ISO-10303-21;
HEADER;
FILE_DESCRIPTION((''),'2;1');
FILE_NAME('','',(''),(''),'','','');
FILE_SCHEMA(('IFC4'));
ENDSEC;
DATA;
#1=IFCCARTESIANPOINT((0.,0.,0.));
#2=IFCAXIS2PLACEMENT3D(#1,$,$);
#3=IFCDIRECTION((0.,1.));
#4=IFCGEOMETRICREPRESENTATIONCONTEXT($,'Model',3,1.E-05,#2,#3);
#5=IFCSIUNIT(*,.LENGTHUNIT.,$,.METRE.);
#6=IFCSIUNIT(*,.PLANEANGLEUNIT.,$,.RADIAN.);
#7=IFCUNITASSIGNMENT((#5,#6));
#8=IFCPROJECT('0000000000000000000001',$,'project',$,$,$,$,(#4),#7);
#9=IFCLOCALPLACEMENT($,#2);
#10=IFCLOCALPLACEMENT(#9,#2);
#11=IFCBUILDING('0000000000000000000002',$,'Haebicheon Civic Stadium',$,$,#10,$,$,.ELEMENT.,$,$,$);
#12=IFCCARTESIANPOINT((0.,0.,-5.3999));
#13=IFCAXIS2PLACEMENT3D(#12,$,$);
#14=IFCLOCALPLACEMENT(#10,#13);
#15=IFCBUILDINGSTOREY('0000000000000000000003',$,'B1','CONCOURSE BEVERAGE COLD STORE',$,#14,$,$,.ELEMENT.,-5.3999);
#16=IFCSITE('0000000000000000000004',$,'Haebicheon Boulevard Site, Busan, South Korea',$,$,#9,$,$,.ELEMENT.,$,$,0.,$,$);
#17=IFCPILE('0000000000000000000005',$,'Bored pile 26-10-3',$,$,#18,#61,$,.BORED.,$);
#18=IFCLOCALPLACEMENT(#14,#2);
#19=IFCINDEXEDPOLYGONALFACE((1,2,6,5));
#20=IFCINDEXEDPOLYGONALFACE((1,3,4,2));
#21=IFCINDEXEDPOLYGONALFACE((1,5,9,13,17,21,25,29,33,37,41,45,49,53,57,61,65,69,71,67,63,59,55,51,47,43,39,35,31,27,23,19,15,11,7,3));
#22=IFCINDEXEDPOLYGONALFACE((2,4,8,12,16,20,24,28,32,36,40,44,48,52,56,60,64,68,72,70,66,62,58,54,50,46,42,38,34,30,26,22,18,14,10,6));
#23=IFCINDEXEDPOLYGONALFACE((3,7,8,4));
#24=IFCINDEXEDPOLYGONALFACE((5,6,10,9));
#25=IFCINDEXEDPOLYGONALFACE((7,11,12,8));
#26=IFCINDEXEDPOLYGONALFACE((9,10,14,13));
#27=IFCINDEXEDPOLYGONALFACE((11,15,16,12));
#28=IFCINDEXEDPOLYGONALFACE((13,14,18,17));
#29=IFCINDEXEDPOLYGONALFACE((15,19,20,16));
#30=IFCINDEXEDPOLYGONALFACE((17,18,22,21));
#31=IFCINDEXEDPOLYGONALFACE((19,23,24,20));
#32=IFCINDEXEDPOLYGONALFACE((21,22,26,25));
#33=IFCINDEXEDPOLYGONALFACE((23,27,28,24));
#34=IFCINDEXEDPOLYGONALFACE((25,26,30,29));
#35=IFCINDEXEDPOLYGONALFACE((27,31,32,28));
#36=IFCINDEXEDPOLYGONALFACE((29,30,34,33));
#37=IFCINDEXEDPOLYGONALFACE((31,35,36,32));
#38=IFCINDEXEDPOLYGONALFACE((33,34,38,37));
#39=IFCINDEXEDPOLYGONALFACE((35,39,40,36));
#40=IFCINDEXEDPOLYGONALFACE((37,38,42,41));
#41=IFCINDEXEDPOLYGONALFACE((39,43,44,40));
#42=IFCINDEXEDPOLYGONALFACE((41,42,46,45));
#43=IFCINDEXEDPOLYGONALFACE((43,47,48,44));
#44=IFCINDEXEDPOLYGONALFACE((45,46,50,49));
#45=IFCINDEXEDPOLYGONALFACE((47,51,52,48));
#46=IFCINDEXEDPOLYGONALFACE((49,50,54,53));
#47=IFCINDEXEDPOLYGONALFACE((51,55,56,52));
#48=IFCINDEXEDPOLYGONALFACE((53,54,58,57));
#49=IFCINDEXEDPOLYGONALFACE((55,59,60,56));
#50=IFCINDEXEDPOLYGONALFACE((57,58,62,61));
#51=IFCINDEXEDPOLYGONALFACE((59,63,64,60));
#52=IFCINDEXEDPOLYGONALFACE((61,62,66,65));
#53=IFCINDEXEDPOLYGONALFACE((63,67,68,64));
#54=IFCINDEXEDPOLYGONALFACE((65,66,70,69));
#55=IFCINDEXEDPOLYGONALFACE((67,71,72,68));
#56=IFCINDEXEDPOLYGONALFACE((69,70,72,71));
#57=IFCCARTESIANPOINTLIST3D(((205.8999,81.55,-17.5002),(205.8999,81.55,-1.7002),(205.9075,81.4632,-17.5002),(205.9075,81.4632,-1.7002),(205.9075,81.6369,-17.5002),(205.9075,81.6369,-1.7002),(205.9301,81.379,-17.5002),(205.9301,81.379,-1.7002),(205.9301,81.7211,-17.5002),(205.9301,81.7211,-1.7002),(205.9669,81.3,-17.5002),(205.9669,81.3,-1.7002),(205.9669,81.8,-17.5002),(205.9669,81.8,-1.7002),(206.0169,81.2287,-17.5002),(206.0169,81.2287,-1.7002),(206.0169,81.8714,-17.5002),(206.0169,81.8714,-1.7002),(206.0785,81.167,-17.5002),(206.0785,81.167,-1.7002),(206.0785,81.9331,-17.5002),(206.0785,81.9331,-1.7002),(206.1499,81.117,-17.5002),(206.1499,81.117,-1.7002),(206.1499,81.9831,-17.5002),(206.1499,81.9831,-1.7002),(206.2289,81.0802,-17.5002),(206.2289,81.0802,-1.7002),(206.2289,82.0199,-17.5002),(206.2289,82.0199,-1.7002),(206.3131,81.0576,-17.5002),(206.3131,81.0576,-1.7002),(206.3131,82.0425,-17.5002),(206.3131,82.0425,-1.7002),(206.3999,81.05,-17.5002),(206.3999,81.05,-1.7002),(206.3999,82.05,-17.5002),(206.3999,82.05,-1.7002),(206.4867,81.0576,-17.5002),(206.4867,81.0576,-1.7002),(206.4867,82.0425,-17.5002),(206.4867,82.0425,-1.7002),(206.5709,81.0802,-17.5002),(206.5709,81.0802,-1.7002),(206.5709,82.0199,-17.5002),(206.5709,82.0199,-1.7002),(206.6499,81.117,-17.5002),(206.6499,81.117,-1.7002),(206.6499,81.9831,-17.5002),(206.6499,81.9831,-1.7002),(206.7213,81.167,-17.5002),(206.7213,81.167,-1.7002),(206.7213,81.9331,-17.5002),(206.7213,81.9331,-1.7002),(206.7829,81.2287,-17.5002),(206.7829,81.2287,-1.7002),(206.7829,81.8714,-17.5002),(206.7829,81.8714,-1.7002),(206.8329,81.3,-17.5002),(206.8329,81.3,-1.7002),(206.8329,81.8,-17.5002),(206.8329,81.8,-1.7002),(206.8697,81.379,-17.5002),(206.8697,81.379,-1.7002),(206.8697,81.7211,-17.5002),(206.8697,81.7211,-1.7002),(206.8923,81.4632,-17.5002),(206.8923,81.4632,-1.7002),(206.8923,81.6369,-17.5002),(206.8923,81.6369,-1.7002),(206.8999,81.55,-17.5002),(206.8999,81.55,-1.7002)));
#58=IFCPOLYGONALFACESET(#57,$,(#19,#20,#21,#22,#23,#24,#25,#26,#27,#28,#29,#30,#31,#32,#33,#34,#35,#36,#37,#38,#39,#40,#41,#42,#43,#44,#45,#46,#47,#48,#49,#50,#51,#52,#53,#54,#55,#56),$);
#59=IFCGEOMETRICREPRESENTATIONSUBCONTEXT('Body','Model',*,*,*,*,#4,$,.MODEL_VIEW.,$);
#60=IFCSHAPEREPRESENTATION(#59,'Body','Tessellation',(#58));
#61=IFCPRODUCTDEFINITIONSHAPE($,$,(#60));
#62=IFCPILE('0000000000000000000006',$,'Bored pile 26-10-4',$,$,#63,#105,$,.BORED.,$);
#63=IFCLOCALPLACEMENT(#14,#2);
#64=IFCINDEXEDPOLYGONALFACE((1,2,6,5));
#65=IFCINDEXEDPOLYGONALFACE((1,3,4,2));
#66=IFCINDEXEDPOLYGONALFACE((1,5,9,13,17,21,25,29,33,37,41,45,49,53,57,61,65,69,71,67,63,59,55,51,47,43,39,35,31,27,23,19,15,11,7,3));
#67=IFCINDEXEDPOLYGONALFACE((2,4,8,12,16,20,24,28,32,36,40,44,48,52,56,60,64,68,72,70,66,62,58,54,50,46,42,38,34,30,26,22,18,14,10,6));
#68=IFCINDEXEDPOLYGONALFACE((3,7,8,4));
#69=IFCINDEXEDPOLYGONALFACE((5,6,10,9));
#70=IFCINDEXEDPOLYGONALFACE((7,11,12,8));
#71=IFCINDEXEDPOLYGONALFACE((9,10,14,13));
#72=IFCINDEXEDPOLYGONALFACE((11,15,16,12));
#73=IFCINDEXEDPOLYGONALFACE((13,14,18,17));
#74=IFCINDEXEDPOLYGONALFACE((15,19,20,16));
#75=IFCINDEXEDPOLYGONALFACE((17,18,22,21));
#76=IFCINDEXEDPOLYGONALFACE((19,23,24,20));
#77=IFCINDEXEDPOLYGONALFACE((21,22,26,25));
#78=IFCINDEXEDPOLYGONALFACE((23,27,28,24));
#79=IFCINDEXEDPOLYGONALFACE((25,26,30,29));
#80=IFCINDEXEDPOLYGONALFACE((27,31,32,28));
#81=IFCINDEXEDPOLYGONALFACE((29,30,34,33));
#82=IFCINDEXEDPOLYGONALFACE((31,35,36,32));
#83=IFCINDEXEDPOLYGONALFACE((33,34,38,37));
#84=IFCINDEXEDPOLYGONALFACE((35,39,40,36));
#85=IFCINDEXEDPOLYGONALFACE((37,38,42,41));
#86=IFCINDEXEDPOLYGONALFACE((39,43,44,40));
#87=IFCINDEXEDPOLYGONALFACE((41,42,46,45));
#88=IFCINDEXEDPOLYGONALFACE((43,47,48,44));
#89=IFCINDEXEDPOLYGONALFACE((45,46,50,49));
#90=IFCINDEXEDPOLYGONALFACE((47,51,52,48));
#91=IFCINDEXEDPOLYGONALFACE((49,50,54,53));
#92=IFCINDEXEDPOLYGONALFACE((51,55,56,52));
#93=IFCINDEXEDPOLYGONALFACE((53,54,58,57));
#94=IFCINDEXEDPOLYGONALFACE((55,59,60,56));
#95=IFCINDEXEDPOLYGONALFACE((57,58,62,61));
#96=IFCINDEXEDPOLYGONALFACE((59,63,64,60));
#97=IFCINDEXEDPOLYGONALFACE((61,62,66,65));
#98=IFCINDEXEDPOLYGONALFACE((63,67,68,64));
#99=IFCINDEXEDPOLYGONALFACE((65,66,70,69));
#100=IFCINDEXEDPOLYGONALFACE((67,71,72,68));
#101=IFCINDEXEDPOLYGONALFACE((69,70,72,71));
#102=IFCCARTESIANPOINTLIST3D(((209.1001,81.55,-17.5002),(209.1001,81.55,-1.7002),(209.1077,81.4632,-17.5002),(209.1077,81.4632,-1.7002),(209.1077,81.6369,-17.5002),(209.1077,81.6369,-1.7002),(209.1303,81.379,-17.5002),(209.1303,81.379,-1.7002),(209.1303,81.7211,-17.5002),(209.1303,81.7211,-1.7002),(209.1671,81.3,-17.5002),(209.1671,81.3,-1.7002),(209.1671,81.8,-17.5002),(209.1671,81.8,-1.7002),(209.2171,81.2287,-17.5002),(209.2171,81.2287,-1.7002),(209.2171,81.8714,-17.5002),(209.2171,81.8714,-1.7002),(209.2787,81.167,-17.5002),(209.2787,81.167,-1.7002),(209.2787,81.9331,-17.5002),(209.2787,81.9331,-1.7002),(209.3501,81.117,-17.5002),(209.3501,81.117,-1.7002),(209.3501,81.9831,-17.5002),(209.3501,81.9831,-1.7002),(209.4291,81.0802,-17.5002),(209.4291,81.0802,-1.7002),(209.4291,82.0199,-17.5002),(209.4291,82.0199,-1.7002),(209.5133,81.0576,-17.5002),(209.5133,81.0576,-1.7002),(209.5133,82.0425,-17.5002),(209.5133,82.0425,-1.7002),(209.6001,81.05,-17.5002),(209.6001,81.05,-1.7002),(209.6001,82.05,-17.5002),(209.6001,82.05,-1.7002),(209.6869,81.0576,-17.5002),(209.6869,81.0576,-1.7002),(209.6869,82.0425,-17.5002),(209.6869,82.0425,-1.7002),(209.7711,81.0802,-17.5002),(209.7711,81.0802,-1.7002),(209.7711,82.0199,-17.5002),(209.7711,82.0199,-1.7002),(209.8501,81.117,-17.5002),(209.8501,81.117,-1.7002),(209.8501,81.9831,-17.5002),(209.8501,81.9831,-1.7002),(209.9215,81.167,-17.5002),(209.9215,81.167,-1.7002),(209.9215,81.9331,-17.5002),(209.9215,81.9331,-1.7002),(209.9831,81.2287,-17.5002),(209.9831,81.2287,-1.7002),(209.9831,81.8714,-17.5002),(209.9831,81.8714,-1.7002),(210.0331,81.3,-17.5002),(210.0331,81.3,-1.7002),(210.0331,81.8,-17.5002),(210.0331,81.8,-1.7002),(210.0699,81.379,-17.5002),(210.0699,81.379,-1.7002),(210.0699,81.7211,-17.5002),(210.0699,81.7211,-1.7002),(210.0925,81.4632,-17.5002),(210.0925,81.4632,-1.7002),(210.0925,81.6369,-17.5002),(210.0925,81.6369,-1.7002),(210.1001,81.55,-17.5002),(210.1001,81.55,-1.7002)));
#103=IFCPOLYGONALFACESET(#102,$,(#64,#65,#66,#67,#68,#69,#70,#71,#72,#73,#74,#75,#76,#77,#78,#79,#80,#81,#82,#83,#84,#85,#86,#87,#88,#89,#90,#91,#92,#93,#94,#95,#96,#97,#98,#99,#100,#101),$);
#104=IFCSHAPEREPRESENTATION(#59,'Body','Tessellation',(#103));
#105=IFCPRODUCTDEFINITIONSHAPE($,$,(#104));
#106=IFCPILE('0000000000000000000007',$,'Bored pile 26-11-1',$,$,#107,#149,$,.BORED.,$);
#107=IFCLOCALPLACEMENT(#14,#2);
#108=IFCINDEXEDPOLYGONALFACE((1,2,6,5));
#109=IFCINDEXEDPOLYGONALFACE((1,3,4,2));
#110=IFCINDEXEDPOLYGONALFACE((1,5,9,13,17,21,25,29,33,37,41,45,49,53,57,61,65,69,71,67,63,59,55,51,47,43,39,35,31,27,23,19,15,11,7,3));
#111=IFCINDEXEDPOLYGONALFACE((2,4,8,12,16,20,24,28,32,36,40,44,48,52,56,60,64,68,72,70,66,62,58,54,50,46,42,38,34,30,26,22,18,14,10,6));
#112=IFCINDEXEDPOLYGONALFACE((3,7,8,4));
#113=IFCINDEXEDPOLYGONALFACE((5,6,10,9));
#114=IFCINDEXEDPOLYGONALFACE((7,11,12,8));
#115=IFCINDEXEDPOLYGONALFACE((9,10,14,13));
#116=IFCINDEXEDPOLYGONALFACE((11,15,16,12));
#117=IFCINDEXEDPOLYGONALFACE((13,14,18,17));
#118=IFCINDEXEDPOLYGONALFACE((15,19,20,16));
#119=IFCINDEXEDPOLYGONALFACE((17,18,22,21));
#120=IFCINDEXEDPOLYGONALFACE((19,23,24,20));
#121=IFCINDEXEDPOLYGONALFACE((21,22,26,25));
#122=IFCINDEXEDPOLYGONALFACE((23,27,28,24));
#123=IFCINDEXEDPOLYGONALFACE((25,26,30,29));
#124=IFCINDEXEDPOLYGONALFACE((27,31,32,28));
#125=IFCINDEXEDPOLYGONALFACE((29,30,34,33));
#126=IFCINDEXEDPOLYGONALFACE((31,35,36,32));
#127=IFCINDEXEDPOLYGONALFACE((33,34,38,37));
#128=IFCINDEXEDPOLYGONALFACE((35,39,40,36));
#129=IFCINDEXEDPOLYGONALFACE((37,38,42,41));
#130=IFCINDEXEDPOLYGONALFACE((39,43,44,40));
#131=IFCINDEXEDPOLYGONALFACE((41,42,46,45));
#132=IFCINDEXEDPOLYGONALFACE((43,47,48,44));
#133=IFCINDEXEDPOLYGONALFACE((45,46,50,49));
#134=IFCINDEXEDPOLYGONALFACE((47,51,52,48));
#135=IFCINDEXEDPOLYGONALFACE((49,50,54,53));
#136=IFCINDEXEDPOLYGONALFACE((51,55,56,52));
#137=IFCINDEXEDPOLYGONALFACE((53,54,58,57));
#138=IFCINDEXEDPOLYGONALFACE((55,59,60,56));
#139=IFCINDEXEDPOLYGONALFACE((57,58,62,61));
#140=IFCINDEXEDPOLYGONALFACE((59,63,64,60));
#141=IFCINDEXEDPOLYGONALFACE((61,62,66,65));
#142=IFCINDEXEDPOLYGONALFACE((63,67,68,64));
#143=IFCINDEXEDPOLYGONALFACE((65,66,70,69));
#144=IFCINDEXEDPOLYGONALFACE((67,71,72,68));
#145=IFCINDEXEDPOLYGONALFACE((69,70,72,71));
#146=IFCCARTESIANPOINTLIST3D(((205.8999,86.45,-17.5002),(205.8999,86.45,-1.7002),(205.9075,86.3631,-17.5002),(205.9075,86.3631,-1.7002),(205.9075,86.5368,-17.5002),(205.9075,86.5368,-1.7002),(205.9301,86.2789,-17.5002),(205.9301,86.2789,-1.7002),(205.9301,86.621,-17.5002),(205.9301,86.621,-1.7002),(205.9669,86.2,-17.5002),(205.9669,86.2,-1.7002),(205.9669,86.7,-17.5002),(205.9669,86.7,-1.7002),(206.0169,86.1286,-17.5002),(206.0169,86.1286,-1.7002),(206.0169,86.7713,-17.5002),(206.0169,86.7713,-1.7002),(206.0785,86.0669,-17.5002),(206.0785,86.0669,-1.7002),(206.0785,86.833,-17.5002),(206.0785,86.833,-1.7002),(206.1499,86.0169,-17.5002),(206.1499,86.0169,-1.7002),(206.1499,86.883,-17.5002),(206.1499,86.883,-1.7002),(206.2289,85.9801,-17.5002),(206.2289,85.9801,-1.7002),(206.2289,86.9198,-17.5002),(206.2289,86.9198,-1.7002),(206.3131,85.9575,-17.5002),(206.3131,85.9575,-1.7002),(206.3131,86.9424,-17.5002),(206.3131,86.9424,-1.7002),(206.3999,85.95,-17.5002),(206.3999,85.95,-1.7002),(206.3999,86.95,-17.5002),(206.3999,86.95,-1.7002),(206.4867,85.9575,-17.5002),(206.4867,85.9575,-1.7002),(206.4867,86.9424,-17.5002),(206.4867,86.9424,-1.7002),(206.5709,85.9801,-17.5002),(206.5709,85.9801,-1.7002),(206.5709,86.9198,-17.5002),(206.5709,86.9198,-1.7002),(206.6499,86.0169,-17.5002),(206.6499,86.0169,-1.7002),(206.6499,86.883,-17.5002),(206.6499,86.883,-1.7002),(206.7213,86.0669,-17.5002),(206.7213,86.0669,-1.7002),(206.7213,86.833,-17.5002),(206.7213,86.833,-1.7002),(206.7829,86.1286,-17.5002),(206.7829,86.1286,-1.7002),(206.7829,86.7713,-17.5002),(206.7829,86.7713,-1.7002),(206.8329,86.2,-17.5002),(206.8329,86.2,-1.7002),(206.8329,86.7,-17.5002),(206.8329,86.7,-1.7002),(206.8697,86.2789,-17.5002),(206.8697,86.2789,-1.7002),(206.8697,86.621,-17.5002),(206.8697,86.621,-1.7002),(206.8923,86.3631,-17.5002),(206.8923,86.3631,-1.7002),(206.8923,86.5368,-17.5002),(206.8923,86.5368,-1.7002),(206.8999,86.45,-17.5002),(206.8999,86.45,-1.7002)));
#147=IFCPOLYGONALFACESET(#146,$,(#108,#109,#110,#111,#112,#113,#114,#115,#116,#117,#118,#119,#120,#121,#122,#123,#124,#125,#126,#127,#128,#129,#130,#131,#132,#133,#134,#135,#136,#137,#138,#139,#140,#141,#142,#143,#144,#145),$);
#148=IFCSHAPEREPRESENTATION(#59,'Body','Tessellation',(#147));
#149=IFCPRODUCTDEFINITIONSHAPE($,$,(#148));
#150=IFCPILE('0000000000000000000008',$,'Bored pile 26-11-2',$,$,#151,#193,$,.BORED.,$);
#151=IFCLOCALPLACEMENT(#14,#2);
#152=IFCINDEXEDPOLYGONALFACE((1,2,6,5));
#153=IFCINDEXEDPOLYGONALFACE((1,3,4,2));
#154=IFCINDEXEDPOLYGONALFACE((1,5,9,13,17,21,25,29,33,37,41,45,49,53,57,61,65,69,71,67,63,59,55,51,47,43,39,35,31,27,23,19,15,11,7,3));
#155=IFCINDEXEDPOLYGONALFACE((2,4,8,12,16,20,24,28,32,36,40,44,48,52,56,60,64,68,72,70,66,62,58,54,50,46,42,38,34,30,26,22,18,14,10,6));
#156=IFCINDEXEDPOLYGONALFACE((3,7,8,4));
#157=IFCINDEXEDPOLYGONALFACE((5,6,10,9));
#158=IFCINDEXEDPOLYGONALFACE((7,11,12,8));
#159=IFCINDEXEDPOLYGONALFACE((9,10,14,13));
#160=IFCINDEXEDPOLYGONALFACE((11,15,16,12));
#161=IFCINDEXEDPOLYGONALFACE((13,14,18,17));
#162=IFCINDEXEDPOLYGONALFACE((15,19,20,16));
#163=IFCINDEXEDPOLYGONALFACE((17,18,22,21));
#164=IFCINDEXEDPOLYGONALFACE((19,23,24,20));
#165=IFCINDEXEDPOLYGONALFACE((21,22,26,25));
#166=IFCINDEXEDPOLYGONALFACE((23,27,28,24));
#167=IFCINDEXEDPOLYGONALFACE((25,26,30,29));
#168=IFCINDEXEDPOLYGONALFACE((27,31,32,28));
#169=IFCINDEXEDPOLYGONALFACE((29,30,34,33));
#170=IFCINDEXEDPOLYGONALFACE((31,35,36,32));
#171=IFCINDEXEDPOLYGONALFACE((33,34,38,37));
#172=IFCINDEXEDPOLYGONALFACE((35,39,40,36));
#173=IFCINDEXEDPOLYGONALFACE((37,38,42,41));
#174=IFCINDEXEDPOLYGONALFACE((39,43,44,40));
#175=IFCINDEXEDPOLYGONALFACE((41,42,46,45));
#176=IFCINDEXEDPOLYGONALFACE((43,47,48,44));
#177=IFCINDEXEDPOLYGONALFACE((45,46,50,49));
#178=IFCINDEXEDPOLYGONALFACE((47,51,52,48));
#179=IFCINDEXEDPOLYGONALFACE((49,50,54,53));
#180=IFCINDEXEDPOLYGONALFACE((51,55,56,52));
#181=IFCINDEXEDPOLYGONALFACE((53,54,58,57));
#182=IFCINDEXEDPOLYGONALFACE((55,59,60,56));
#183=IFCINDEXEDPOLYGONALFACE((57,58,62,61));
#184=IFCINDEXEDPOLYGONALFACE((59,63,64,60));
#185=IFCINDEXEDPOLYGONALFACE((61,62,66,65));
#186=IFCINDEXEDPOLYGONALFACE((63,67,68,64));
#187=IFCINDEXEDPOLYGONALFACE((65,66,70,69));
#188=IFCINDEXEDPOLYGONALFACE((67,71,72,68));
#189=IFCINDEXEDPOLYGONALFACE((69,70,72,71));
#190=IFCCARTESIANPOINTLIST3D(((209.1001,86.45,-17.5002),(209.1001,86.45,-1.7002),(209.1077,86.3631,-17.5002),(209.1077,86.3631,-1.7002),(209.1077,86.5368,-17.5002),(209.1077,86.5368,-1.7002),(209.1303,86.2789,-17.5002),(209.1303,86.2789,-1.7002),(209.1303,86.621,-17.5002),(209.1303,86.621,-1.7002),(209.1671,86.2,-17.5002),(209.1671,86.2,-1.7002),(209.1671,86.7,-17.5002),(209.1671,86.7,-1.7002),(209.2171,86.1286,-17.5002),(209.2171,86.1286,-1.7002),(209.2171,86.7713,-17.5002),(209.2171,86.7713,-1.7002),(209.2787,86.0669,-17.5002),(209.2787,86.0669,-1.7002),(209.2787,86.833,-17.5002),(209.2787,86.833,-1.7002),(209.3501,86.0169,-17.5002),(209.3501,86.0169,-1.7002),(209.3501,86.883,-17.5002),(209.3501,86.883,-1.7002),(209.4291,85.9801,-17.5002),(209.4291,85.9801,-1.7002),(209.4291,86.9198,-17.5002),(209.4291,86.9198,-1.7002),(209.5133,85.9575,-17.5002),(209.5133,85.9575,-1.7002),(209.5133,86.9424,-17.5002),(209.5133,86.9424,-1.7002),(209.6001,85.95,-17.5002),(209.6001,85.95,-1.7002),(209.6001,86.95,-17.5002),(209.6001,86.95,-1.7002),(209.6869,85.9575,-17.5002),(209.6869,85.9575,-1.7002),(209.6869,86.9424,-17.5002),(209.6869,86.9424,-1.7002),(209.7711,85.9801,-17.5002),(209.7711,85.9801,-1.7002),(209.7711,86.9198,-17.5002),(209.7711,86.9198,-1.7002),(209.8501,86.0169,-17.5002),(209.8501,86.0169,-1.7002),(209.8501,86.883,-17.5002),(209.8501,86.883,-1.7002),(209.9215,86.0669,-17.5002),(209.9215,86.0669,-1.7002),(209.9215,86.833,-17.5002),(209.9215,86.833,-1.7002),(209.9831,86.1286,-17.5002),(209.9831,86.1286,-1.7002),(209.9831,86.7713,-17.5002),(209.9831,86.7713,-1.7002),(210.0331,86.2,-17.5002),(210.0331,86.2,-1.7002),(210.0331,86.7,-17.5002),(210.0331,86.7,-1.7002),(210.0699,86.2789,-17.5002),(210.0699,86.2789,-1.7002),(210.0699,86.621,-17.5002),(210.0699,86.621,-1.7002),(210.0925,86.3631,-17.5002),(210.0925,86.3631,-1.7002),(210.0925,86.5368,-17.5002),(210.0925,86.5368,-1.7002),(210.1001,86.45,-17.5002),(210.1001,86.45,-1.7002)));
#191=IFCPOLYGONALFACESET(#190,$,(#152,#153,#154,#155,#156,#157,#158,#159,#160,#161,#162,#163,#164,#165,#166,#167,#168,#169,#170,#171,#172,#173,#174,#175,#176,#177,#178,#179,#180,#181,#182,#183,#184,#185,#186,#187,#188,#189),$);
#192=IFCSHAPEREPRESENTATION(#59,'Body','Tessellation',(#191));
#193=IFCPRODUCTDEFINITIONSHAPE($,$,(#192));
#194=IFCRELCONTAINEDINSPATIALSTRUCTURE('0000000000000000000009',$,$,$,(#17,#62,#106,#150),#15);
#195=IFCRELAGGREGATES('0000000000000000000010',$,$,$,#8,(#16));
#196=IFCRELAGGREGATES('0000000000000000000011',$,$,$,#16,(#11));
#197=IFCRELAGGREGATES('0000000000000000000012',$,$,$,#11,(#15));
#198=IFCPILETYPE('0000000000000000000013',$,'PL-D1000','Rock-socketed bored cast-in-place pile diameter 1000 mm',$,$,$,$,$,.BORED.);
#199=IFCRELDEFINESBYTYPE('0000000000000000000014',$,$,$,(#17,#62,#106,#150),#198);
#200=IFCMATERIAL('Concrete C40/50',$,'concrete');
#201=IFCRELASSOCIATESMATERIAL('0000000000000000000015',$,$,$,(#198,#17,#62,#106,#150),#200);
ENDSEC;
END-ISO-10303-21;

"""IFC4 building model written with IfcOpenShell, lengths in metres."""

from ifc_helpers import new_model, si_unit, direction, frame, origin, origin_2d, place, context, subcontext, project, spatial, circle, extrude, material, material_profile, profile_set, type_object, element, save


model = new_model("IFC4")

# Units and contexts
model_context = context("Model", 3, precision=1e-05, world=origin(), true_north=direction((0.0, 1.0)))
body_context = subcontext(model_context, "Body", "Model", "MODEL_VIEW")
ifc_project = project(units=[si_unit("LENGTHUNIT", "METRE"), si_unit("PLANEANGLEUNIT", "RADIAN")], contexts=[model_context])

# Site, building, storey
site_placement = place(None, origin())
site = spatial("IfcSite", under=ifc_project, at=site_placement, Name="Haebicheon Boulevard Site, Busan, South Korea", CompositionType="ELEMENT", RefElevation=0.0)
building_placement = place(site_placement, origin())
building = spatial("IfcBuilding", under=site, at=building_placement, Name="Haebicheon Civic Stadium", CompositionType="ELEMENT")
storey_placement = place(building_placement, frame((0.0, 0.0, -5.3999)))
storey = spatial("IfcBuildingStorey", under=building, at=storey_placement, Name="B1", Description="CONCOURSE BEVERAGE COLD STORE", CompositionType="ELEMENT", Elevation=-5.3999)

# Piles
ifc_material_1 = material(Name="Concrete C40/50", Category="concrete")
ifc_material_profile_1 = material_profile(ifc_material_1, circle(Radius=0.5, at=origin_2d()), Name="PILE-D1000")
ifc_profile_set_1 = profile_set([ifc_material_profile_1], Name="Concrete C40/50")
pile_type = type_object("IfcPileType", Name="PL-D1000", Description="Rock-socketed bored cast-in-place pile diameter 1000 mm", PredefinedType="BORED", material=ifc_profile_set_1)
for number, where, z_axis, x_axis, name in (
    (1, (206.3999, 81.55, -1.7002), (0.0, 0.0, -1.0), (1.0, 0.0, 0.0), "Bored pile 26-10-3"),
    (2, (209.6001, 81.55, -1.7002), (0.0, 0.0, -1.0), (1.0, 0.0, 0.0), "Bored pile 26-10-4"),
    (3, (206.3999, 86.45, -1.7002), (0.0, 0.0, -1.0), (1.0, 0.0, 0.0), "Bored pile 26-11-1"),
    (4, (209.6001, 86.45, -1.7002), (0.0, 0.0, -1.0), (1.0, 0.0, 0.0), "Bored pile 26-11-2"),
):
    element("IfcPile", number, at=place(storey_placement, frame(where, z_axis=z_axis, x_axis=x_axis)), inside=storey, type_object=pile_type, material=ifc_profile_set_1, Name=name, PredefinedType="BORED", context=body_context, shape_type="SweptSolid", body=[
        extrude(circle(Radius=0.5, at=origin_2d()), origin(), (0.0, 0.0, 1.0), 15.8),
    ])

save(model, "model.ifc")
